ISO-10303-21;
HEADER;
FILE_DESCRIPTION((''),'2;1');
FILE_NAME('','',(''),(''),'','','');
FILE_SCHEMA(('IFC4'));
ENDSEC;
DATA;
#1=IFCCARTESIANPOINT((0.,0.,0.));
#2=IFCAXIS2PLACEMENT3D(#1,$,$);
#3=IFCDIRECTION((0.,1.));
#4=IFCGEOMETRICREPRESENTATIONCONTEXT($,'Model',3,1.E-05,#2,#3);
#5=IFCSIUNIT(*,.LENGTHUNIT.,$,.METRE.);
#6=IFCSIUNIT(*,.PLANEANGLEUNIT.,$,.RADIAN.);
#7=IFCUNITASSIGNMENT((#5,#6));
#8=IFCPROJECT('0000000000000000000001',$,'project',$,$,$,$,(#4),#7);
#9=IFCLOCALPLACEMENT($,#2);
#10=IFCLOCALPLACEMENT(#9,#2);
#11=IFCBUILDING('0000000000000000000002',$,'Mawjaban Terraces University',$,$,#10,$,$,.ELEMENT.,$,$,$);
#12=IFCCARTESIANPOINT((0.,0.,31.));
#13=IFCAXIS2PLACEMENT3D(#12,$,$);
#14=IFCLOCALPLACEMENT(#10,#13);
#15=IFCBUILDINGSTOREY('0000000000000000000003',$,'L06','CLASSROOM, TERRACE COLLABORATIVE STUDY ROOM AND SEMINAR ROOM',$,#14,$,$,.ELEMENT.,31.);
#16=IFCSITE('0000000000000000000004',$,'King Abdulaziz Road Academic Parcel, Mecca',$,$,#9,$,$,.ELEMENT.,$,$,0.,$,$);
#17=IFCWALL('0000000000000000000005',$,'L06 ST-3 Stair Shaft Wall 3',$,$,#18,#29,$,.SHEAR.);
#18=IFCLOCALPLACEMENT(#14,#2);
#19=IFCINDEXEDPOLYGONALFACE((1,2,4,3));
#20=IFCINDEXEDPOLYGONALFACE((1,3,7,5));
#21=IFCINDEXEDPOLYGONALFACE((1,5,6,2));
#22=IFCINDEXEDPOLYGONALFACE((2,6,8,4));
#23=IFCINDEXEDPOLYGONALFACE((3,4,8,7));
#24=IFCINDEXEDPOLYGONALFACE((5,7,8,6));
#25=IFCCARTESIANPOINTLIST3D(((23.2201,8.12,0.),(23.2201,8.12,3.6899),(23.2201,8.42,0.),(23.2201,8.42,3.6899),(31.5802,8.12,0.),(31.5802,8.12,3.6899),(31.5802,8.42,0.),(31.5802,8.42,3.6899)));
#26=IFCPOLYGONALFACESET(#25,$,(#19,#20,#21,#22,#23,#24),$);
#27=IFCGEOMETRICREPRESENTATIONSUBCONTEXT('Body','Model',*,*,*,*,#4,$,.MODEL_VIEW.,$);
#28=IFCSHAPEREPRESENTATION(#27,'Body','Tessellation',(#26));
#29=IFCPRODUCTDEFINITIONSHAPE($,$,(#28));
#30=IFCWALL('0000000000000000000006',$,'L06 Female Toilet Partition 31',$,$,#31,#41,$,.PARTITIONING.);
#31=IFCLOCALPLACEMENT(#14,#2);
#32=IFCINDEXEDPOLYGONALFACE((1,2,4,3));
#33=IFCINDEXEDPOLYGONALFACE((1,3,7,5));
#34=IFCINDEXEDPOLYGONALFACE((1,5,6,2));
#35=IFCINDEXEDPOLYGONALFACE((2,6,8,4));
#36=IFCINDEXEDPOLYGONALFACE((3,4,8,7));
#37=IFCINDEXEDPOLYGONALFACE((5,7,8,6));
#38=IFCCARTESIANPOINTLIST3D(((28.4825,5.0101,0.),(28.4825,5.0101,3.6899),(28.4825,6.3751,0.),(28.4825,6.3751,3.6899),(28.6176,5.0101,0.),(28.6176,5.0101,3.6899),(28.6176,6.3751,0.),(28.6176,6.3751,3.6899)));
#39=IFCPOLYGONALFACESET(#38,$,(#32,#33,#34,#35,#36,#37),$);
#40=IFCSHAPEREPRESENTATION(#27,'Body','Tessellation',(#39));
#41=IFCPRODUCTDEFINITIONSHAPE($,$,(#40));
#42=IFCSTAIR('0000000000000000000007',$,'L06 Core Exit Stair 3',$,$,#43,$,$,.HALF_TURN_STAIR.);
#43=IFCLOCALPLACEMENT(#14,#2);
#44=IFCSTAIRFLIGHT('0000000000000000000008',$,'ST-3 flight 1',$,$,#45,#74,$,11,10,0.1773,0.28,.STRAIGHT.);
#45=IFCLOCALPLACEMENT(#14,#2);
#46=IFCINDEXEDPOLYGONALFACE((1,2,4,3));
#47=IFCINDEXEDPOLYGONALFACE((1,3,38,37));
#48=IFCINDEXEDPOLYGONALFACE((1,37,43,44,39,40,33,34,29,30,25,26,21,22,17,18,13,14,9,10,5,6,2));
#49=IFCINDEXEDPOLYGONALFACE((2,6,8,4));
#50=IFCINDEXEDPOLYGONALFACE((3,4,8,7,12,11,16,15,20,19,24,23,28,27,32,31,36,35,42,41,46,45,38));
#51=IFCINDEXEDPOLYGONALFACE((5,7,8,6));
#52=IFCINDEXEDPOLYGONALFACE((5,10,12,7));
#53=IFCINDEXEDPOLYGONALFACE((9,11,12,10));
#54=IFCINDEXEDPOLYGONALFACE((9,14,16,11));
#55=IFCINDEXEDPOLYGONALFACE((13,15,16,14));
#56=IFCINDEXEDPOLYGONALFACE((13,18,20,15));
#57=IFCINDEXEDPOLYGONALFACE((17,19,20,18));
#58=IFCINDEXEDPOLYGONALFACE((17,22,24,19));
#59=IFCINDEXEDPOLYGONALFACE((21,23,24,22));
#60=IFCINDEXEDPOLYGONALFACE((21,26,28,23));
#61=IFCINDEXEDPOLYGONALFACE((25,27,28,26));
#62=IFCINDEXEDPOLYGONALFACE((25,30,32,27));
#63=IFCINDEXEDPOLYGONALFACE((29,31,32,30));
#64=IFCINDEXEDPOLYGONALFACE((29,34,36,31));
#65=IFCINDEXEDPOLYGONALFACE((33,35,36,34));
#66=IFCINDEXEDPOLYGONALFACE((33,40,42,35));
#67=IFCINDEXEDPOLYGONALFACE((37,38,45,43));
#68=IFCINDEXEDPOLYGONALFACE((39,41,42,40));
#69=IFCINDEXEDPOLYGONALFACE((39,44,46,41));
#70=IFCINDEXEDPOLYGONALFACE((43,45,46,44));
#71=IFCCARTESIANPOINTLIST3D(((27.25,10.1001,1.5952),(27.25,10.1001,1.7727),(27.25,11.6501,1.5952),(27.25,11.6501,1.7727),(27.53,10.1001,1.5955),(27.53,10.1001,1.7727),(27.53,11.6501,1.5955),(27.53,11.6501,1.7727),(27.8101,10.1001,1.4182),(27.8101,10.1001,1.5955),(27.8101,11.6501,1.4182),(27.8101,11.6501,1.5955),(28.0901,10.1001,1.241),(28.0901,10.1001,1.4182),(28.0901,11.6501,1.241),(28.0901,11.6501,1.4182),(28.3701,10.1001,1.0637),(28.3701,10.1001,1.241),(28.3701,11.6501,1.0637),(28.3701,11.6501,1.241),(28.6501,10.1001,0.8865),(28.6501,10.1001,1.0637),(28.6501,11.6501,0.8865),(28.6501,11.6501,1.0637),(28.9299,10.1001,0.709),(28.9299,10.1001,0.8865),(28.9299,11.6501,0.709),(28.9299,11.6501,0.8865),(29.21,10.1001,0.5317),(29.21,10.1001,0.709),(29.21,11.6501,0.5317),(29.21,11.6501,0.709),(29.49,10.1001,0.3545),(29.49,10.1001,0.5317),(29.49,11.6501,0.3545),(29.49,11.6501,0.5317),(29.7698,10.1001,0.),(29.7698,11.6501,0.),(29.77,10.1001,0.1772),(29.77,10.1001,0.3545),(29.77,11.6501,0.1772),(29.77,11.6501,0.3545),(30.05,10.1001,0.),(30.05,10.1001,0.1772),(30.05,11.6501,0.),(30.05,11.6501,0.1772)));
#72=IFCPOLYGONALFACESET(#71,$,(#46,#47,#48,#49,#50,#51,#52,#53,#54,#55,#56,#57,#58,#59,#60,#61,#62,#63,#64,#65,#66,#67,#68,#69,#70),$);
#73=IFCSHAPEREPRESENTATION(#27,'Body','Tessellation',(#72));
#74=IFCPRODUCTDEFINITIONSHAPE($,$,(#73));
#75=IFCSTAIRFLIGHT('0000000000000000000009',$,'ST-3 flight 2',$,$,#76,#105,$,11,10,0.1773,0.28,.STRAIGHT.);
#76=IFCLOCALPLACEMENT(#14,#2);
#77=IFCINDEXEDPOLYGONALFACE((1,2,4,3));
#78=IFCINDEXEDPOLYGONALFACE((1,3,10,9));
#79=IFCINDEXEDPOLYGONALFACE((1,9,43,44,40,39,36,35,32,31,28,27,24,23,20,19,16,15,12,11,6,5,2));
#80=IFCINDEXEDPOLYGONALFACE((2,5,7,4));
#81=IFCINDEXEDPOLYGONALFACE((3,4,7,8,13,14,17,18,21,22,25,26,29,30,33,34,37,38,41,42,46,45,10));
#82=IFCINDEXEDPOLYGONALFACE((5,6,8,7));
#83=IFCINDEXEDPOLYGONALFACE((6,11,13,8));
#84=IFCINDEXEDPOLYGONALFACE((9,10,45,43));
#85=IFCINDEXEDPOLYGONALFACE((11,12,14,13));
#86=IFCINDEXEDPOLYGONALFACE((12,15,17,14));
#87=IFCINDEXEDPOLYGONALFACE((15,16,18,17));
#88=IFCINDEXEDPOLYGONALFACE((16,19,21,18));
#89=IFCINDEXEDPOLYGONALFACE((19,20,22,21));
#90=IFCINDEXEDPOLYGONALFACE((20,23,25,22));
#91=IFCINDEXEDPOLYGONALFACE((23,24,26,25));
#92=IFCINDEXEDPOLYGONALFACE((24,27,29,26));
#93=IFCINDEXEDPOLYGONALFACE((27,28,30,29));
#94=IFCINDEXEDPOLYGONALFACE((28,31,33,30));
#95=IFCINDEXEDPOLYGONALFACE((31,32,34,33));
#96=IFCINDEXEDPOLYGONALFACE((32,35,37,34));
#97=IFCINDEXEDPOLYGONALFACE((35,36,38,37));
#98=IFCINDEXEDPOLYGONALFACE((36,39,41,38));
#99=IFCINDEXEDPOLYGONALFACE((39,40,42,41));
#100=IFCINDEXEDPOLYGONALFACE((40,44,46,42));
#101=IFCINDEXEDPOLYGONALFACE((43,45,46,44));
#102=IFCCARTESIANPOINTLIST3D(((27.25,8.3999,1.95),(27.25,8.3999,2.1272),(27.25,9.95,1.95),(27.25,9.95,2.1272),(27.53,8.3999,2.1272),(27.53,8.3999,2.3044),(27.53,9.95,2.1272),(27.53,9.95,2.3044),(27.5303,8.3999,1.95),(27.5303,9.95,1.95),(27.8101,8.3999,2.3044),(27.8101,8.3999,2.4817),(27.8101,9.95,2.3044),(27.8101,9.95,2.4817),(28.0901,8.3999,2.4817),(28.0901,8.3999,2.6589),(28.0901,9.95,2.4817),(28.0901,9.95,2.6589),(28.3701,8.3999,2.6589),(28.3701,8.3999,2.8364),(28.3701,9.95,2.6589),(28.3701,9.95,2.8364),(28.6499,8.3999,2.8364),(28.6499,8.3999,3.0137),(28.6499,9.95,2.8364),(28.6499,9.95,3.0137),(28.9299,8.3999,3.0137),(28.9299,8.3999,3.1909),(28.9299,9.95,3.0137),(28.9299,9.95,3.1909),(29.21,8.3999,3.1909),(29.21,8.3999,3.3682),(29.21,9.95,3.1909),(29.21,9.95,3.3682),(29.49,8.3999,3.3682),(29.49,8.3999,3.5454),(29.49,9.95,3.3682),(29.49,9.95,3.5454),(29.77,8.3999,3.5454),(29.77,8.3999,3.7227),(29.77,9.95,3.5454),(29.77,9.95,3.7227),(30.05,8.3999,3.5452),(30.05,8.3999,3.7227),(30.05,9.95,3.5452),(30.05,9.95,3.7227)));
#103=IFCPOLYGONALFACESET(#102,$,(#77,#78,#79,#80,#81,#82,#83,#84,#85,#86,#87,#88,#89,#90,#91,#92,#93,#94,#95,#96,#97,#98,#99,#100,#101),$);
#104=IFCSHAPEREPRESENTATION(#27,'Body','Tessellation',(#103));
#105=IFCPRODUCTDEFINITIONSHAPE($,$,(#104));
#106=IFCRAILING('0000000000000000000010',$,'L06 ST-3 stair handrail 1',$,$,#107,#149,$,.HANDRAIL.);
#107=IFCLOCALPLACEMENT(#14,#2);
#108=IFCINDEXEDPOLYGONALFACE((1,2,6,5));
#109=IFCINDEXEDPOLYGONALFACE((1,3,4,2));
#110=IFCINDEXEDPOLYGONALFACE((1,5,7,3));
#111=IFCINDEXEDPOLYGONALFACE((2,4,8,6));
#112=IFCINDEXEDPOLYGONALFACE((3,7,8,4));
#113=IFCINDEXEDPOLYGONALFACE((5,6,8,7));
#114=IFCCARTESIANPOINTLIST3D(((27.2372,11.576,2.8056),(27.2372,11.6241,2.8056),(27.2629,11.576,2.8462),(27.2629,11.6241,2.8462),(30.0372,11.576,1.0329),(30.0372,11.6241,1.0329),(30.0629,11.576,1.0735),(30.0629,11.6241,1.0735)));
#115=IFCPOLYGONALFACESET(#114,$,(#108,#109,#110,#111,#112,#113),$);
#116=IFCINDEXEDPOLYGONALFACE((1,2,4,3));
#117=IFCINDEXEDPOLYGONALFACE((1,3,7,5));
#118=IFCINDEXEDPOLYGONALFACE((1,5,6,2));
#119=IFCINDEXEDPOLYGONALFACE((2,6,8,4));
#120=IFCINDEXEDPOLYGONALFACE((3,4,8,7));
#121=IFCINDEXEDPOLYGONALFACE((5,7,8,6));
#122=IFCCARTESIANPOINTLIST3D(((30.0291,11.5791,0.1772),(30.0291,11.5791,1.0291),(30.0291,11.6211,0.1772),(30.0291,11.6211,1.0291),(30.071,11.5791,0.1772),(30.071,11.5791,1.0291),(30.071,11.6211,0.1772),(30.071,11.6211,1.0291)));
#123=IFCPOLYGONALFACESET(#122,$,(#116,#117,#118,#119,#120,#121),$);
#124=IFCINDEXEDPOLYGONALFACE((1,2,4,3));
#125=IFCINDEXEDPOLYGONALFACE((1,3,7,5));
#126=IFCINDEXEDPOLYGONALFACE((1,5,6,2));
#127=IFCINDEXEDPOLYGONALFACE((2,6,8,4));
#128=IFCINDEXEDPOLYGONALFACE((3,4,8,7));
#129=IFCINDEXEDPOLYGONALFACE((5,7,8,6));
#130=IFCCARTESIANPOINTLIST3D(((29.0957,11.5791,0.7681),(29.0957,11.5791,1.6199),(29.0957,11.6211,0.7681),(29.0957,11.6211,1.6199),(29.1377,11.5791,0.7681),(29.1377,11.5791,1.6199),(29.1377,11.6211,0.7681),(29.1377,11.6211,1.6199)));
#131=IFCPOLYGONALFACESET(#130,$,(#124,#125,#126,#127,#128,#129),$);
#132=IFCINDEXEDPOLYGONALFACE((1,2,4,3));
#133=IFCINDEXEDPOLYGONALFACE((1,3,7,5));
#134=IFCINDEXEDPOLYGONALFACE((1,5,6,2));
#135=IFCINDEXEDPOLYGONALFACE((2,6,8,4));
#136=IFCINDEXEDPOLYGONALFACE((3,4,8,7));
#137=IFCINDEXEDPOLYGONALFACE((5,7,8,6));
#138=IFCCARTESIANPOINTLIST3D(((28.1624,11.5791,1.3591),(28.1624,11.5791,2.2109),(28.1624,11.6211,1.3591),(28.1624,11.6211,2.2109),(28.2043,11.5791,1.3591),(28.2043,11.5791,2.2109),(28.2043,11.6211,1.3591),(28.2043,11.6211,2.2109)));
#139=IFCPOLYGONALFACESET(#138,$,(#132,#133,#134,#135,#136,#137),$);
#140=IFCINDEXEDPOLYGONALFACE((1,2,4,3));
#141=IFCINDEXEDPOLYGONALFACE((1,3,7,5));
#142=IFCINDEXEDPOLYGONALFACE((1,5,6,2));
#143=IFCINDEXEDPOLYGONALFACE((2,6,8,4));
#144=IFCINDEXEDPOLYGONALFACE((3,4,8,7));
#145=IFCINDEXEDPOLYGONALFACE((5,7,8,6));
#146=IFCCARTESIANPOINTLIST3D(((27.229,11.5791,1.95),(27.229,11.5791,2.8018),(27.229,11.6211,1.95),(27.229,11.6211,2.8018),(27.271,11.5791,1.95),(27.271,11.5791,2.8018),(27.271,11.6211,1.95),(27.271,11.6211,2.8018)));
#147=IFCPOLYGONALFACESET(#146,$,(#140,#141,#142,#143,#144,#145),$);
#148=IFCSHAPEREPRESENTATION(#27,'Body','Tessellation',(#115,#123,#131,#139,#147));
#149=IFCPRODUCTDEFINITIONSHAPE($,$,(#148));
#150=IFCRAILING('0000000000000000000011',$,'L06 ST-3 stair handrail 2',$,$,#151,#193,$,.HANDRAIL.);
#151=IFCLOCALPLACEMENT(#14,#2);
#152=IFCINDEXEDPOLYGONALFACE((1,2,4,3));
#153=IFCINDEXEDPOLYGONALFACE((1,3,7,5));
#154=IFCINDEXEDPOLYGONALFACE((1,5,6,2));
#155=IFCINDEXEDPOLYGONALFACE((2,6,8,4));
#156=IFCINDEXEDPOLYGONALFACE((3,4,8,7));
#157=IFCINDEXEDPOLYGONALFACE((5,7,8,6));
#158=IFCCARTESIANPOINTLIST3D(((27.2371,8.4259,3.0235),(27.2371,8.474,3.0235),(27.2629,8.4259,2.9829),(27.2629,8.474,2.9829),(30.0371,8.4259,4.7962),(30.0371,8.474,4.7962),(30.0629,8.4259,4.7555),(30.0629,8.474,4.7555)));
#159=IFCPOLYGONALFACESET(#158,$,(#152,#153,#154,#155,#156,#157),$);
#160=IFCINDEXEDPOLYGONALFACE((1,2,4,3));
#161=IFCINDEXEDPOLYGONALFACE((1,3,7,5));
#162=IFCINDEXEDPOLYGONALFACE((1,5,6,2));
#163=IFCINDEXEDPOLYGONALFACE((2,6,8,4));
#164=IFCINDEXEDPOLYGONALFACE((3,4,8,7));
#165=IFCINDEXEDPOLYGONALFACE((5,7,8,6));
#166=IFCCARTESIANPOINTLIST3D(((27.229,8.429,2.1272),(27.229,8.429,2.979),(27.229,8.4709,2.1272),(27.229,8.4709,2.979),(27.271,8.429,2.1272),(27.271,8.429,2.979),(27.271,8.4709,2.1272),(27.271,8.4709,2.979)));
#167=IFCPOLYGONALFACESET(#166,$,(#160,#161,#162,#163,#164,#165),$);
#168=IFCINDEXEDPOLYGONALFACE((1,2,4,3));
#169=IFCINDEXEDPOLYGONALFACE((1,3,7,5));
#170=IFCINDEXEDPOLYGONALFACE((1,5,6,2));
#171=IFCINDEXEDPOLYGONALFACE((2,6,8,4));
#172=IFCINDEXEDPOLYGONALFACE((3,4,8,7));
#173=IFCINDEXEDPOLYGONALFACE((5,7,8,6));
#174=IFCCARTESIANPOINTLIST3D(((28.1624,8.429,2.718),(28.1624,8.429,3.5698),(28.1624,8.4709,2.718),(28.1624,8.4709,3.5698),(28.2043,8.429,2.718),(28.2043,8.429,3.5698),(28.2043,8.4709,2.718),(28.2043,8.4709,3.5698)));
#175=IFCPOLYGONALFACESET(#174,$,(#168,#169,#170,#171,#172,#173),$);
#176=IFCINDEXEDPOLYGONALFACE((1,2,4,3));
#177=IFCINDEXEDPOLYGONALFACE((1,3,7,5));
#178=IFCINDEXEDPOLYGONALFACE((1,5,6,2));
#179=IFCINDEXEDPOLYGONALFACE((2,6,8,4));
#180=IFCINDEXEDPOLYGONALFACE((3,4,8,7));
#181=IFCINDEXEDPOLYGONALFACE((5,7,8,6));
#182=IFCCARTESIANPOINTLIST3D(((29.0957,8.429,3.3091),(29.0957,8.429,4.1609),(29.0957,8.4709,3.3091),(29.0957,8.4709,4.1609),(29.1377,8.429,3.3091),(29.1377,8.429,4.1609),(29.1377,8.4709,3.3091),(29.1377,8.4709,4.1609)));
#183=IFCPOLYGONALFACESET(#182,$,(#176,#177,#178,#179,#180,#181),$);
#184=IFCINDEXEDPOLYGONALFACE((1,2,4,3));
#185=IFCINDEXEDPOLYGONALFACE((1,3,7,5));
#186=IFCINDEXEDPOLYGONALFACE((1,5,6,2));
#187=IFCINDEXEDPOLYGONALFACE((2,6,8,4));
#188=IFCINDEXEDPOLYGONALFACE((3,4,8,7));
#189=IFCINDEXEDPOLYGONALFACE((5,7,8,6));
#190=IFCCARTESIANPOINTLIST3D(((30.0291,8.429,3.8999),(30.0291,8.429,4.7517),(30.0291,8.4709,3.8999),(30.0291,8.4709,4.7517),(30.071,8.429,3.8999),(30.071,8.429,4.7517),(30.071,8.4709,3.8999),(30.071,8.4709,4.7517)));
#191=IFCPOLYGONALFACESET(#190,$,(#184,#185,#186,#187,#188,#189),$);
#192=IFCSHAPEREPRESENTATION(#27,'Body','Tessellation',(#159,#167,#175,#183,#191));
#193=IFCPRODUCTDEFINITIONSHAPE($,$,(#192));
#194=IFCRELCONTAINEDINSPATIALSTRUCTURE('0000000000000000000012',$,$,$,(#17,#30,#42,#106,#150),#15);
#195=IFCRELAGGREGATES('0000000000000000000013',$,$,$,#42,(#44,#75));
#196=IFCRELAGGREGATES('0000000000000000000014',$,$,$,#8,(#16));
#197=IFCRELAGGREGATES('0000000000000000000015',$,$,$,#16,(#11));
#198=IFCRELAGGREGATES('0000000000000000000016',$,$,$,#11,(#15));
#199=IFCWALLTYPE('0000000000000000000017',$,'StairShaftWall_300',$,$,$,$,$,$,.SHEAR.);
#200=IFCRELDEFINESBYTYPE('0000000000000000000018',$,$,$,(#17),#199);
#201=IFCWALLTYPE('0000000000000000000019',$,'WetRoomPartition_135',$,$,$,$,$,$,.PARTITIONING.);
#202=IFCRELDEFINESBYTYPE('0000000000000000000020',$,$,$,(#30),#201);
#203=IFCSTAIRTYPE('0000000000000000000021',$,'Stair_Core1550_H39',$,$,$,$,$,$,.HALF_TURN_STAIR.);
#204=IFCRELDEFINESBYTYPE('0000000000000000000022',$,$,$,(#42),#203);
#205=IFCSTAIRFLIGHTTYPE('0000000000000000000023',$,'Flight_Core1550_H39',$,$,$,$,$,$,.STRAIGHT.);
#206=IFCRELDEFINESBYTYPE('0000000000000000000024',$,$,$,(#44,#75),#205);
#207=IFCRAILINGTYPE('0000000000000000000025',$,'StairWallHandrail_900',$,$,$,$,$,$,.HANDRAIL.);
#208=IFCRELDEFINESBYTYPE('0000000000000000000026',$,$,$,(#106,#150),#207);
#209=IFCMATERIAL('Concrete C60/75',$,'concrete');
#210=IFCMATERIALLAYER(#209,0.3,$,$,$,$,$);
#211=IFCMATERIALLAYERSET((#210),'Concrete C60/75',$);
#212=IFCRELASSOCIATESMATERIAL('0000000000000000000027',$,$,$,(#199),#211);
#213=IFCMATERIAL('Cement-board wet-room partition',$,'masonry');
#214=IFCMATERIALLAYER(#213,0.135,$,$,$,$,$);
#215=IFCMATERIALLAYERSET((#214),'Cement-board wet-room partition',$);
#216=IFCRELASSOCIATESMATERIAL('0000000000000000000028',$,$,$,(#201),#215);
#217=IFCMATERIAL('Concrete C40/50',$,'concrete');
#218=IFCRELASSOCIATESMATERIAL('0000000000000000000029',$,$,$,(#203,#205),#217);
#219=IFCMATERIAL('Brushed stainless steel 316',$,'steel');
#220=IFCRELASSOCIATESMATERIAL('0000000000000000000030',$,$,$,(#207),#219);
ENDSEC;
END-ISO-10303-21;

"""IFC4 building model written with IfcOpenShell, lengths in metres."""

from ifc_helpers import new_model, si_unit, direction, frame, frame_2d, origin, origin_2d, place, context, subcontext, project, spatial, polyline, rectangle, outline, extrude, material, layer, layer_set, type_object, element, aggregate, save


model = new_model("IFC4")

# Units and contexts
model_context = context("Model", 3, precision=1e-05, world=origin(), true_north=direction((0.0, 1.0)))
body_context = subcontext(model_context, "Body", "Model", "MODEL_VIEW")
ifc_project = project(units=[si_unit("LENGTHUNIT", "METRE"), si_unit("PLANEANGLEUNIT", "RADIAN")], contexts=[model_context])

# Site, building, storey
site_placement = place(None, origin())
site = spatial("IfcSite", under=ifc_project, at=site_placement, Name="King Abdulaziz Road Academic Parcel, Mecca", CompositionType="ELEMENT", RefElevation=0.0)
building_placement = place(site_placement, origin())
building = spatial("IfcBuilding", under=site, at=building_placement, Name="Mawjaban Terraces University", CompositionType="ELEMENT")
storey_placement = place(building_placement, frame((0.0, 0.0, 31.0)))
storey = spatial("IfcBuildingStorey", under=building, at=storey_placement, Name="L06", Description="CLASSROOM, TERRACE COLLABORATIVE STUDY ROOM AND SEMINAR ROOM", CompositionType="ELEMENT", Elevation=31.0)

# Shared definitions
ifc_material_1 = material(Name="Concrete C40/50", Category="concrete")

# Wall
ifc_material_2 = material(Name="Concrete C60/75", Category="concrete")
ifc_layer_1 = layer(ifc_material_2, 0.3)
ifc_layer_set_1 = layer_set([ifc_layer_1], Name="Concrete C60/75")
wall_type_1 = type_object("IfcWallType", Name="StairShaftWall_300", PredefinedType="SHEAR", material=ifc_layer_set_1)
for number, where, z_axis, x_axis, name in (
    (1, (23.22, 8.27, 0.0), (0.0, 0.0, 1.0), (1.0, 0.0, 0.0), "L06 ST-3 Stair Shaft Wall 3"),
):
    element("IfcWall", number, at=place(storey_placement, frame(where, z_axis=z_axis, x_axis=x_axis)), inside=storey, type_object=wall_type_1, Name=name, PredefinedType="SHEAR", context=body_context, shape_type="SweptSolid", body=[
        extrude(rectangle(XDim=8.3601, YDim=0.3, at=frame_2d((4.1802, 0.0))), origin(), (0.0, 0.0, 1.0), 3.6899),
    ])

# Wall
ifc_material_3 = material(Name="Cement-board wet-room partition", Category="masonry")
ifc_layer_2 = layer(ifc_material_3, 0.135)
ifc_layer_set_2 = layer_set([ifc_layer_2], Name="Cement-board wet-room partition")
wall_type_2 = type_object("IfcWallType", Name="WetRoomPartition_135", PredefinedType="PARTITIONING", material=ifc_layer_set_2)
wall_1_placement = place(storey_placement, frame((28.55, 5.01, 0.0), z_axis=(0.0, 0.0, 1.0), x_axis=(0.0, 1.0, 0.0)))
element("IfcWall", 2, at=wall_1_placement, inside=storey, type_object=wall_type_2, Name="L06 Female Toilet Partition 31", PredefinedType="PARTITIONING", context=body_context, shape_type="SweptSolid", body=[
    extrude(rectangle(XDim=1.365, YDim=0.135, at=frame_2d((0.6826, 0.0))), origin(), (0.0, 0.0, 1.0), 3.6899),
])

# Stair, stair flights
stair_type = type_object("IfcStairType", Name="Stair_Core1550_H39", PredefinedType="HALF_TURN_STAIR", material=ifc_material_1)
stair_placement = place(storey_placement, origin())
stair = element("IfcStair", 3, at=stair_placement, inside=storey, type_object=stair_type, Name="L06 Core Exit Stair 3", PredefinedType="HALF_TURN_STAIR")
stair_flight_type = type_object("IfcStairFlightType", Name="Flight_Core1550_H39", PredefinedType="STRAIGHT", material=ifc_material_1)
stair_flight_1_placement = place(storey_placement, frame((30.05, 10.875, 0.0), z_axis=(0.0, 0.0, 1.0), x_axis=(-1.0, 0.0, 0.0)))
stair_flight_1 = element("IfcStairFlight", 4, at=stair_flight_1_placement, type_object=stair_flight_type, Name="ST-3 flight 1", NumberOfRisers=11, NumberOfTreads=10, PredefinedType="STRAIGHT", RiserHeight=0.1773, TreadLength=0.28, context=body_context, shape_type="SweptSolid", body=[
    extrude(outline(polyline([(0.0, 0.0), (0.0, 0.1772), (0.28, 0.1772), (0.28, 0.3545), (0.5601, 0.3545), (0.5601, 0.5317), (0.8401, 0.5317), (0.8401, 0.709), (1.1201, 0.709), (1.1201, 0.8865), (1.3999, 0.8865), (1.3999, 1.0637), (1.6799, 1.0637), (1.6799, 1.241), (1.96, 1.241), (1.96, 1.4182), (2.24, 1.4182), (2.24, 1.5955), (2.52, 1.5955), (2.52, 1.7727), (2.8, 1.7727), (2.8, 1.95), (2.8, 1.5952), (0.2803, 0.0), (0.0, 0.0)])), frame((0.0, 0.7749, 0.0), z_axis=(0.0, -1.0, 0.0), x_axis=(1.0, 0.0, 0.0)), (0.0, 0.0, 1.0), 1.55),
])
stair_flight_2_placement = place(storey_placement, frame((27.25, 9.175, 1.95), z_axis=(0.0, 0.0, 1.0), x_axis=(1.0, 0.0, 0.0)))
stair_flight_2 = element("IfcStairFlight", 5, at=stair_flight_2_placement, type_object=stair_flight_type, Name="ST-3 flight 2", NumberOfRisers=11, NumberOfTreads=10, PredefinedType="STRAIGHT", RiserHeight=0.1773, TreadLength=0.28, context=body_context, shape_type="SweptSolid", body=[
    extrude(outline(polyline([(0.0, 0.0), (0.0, 0.1772), (0.28, 0.1772), (0.28, 0.3545), (0.5601, 0.3545), (0.5601, 0.5317), (0.8401, 0.5317), (0.8401, 0.709), (1.1201, 0.709), (1.1201, 0.8865), (1.3999, 0.8865), (1.3999, 1.0637), (1.6799, 1.0637), (1.6799, 1.241), (1.96, 1.241), (1.96, 1.4182), (2.24, 1.4182), (2.24, 1.5955), (2.52, 1.5955), (2.52, 1.7727), (2.8, 1.7727), (2.8, 1.95), (2.8, 1.5952), (0.2803, 0.0), (0.0, 0.0)])), frame((0.0, 0.7749, 0.0), z_axis=(0.0, -1.0, 0.0), x_axis=(1.0, 0.0, 0.0)), (0.0, 0.0, 1.0), 1.55),
])
aggregate(stair, [stair_flight_1, stair_flight_2])

# Railings
ifc_material_4 = material(Name="Brushed stainless steel 316", Category="steel")
railing_type_1 = type_object("IfcRailingType", Name="StairWallHandrail_900", PredefinedType="HANDRAIL", material=ifc_material_4)
railing_1_placement = place(storey_placement, frame((30.05, 11.6001, 0.1772)))
element("IfcRailing", 6, at=railing_1_placement, inside=storey, type_object=railing_type_1, Name="L06 ST-3 stair handrail 1", PredefinedType="HANDRAIL", context=body_context, shape_type="SweptSolid", body=[
    extrude(rectangle(XDim=0.0481, YDim=0.0481, at=origin_2d()), frame((0.0, 0.0, 0.876), z_axis=(-0.844909, 0.0, 0.53491), x_axis=(0.0, -1.0, 0.0)), (0.0, 0.0, 1.0), 3.314),
    extrude(rectangle(XDim=0.042, YDim=0.042, at=origin_2d()), origin(), (0.0, 0.0, 1.0), 0.8518),
    extrude(rectangle(XDim=0.042, YDim=0.042, at=origin_2d()), frame((-0.9333, 0.0, 0.5908)), (0.0, 0.0, 1.0), 0.8518),
    extrude(rectangle(XDim=0.042, YDim=0.042, at=origin_2d()), frame((-1.8667, 0.0, 1.1819)), (0.0, 0.0, 1.0), 0.8518),
    extrude(rectangle(XDim=0.042, YDim=0.042, at=origin_2d()), frame((-2.8, 0.0, 1.7727)), (0.0, 0.0, 1.0), 0.8518),
])
railing_2_placement = place(storey_placement, frame((27.25, 8.45, 2.1272)))
element("IfcRailing", 7, at=railing_2_placement, inside=storey, type_object=railing_type_1, Name="L06 ST-3 stair handrail 2", PredefinedType="HANDRAIL", context=body_context, shape_type="SweptSolid", body=[
    extrude(rectangle(XDim=0.0481, YDim=0.0481, at=origin_2d()), frame((0.0, 0.0, 0.876), z_axis=(0.844909, 0.0, 0.53491), x_axis=(0.0, 1.0, 0.0)), (0.0, 0.0, 1.0), 3.314),
    extrude(rectangle(XDim=0.042, YDim=0.042, at=origin_2d()), origin(), (0.0, 0.0, 1.0), 0.8518),
    extrude(rectangle(XDim=0.042, YDim=0.042, at=origin_2d()), frame((0.9333, 0.0, 0.5908)), (0.0, 0.0, 1.0), 0.8518),
    extrude(rectangle(XDim=0.042, YDim=0.042, at=origin_2d()), frame((1.8667, 0.0, 1.1819)), (0.0, 0.0, 1.0), 0.8518),
    extrude(rectangle(XDim=0.042, YDim=0.042, at=origin_2d()), frame((2.8, 0.0, 1.7727)), (0.0, 0.0, 1.0), 0.8518),
])

save(model, "model.ifc")
